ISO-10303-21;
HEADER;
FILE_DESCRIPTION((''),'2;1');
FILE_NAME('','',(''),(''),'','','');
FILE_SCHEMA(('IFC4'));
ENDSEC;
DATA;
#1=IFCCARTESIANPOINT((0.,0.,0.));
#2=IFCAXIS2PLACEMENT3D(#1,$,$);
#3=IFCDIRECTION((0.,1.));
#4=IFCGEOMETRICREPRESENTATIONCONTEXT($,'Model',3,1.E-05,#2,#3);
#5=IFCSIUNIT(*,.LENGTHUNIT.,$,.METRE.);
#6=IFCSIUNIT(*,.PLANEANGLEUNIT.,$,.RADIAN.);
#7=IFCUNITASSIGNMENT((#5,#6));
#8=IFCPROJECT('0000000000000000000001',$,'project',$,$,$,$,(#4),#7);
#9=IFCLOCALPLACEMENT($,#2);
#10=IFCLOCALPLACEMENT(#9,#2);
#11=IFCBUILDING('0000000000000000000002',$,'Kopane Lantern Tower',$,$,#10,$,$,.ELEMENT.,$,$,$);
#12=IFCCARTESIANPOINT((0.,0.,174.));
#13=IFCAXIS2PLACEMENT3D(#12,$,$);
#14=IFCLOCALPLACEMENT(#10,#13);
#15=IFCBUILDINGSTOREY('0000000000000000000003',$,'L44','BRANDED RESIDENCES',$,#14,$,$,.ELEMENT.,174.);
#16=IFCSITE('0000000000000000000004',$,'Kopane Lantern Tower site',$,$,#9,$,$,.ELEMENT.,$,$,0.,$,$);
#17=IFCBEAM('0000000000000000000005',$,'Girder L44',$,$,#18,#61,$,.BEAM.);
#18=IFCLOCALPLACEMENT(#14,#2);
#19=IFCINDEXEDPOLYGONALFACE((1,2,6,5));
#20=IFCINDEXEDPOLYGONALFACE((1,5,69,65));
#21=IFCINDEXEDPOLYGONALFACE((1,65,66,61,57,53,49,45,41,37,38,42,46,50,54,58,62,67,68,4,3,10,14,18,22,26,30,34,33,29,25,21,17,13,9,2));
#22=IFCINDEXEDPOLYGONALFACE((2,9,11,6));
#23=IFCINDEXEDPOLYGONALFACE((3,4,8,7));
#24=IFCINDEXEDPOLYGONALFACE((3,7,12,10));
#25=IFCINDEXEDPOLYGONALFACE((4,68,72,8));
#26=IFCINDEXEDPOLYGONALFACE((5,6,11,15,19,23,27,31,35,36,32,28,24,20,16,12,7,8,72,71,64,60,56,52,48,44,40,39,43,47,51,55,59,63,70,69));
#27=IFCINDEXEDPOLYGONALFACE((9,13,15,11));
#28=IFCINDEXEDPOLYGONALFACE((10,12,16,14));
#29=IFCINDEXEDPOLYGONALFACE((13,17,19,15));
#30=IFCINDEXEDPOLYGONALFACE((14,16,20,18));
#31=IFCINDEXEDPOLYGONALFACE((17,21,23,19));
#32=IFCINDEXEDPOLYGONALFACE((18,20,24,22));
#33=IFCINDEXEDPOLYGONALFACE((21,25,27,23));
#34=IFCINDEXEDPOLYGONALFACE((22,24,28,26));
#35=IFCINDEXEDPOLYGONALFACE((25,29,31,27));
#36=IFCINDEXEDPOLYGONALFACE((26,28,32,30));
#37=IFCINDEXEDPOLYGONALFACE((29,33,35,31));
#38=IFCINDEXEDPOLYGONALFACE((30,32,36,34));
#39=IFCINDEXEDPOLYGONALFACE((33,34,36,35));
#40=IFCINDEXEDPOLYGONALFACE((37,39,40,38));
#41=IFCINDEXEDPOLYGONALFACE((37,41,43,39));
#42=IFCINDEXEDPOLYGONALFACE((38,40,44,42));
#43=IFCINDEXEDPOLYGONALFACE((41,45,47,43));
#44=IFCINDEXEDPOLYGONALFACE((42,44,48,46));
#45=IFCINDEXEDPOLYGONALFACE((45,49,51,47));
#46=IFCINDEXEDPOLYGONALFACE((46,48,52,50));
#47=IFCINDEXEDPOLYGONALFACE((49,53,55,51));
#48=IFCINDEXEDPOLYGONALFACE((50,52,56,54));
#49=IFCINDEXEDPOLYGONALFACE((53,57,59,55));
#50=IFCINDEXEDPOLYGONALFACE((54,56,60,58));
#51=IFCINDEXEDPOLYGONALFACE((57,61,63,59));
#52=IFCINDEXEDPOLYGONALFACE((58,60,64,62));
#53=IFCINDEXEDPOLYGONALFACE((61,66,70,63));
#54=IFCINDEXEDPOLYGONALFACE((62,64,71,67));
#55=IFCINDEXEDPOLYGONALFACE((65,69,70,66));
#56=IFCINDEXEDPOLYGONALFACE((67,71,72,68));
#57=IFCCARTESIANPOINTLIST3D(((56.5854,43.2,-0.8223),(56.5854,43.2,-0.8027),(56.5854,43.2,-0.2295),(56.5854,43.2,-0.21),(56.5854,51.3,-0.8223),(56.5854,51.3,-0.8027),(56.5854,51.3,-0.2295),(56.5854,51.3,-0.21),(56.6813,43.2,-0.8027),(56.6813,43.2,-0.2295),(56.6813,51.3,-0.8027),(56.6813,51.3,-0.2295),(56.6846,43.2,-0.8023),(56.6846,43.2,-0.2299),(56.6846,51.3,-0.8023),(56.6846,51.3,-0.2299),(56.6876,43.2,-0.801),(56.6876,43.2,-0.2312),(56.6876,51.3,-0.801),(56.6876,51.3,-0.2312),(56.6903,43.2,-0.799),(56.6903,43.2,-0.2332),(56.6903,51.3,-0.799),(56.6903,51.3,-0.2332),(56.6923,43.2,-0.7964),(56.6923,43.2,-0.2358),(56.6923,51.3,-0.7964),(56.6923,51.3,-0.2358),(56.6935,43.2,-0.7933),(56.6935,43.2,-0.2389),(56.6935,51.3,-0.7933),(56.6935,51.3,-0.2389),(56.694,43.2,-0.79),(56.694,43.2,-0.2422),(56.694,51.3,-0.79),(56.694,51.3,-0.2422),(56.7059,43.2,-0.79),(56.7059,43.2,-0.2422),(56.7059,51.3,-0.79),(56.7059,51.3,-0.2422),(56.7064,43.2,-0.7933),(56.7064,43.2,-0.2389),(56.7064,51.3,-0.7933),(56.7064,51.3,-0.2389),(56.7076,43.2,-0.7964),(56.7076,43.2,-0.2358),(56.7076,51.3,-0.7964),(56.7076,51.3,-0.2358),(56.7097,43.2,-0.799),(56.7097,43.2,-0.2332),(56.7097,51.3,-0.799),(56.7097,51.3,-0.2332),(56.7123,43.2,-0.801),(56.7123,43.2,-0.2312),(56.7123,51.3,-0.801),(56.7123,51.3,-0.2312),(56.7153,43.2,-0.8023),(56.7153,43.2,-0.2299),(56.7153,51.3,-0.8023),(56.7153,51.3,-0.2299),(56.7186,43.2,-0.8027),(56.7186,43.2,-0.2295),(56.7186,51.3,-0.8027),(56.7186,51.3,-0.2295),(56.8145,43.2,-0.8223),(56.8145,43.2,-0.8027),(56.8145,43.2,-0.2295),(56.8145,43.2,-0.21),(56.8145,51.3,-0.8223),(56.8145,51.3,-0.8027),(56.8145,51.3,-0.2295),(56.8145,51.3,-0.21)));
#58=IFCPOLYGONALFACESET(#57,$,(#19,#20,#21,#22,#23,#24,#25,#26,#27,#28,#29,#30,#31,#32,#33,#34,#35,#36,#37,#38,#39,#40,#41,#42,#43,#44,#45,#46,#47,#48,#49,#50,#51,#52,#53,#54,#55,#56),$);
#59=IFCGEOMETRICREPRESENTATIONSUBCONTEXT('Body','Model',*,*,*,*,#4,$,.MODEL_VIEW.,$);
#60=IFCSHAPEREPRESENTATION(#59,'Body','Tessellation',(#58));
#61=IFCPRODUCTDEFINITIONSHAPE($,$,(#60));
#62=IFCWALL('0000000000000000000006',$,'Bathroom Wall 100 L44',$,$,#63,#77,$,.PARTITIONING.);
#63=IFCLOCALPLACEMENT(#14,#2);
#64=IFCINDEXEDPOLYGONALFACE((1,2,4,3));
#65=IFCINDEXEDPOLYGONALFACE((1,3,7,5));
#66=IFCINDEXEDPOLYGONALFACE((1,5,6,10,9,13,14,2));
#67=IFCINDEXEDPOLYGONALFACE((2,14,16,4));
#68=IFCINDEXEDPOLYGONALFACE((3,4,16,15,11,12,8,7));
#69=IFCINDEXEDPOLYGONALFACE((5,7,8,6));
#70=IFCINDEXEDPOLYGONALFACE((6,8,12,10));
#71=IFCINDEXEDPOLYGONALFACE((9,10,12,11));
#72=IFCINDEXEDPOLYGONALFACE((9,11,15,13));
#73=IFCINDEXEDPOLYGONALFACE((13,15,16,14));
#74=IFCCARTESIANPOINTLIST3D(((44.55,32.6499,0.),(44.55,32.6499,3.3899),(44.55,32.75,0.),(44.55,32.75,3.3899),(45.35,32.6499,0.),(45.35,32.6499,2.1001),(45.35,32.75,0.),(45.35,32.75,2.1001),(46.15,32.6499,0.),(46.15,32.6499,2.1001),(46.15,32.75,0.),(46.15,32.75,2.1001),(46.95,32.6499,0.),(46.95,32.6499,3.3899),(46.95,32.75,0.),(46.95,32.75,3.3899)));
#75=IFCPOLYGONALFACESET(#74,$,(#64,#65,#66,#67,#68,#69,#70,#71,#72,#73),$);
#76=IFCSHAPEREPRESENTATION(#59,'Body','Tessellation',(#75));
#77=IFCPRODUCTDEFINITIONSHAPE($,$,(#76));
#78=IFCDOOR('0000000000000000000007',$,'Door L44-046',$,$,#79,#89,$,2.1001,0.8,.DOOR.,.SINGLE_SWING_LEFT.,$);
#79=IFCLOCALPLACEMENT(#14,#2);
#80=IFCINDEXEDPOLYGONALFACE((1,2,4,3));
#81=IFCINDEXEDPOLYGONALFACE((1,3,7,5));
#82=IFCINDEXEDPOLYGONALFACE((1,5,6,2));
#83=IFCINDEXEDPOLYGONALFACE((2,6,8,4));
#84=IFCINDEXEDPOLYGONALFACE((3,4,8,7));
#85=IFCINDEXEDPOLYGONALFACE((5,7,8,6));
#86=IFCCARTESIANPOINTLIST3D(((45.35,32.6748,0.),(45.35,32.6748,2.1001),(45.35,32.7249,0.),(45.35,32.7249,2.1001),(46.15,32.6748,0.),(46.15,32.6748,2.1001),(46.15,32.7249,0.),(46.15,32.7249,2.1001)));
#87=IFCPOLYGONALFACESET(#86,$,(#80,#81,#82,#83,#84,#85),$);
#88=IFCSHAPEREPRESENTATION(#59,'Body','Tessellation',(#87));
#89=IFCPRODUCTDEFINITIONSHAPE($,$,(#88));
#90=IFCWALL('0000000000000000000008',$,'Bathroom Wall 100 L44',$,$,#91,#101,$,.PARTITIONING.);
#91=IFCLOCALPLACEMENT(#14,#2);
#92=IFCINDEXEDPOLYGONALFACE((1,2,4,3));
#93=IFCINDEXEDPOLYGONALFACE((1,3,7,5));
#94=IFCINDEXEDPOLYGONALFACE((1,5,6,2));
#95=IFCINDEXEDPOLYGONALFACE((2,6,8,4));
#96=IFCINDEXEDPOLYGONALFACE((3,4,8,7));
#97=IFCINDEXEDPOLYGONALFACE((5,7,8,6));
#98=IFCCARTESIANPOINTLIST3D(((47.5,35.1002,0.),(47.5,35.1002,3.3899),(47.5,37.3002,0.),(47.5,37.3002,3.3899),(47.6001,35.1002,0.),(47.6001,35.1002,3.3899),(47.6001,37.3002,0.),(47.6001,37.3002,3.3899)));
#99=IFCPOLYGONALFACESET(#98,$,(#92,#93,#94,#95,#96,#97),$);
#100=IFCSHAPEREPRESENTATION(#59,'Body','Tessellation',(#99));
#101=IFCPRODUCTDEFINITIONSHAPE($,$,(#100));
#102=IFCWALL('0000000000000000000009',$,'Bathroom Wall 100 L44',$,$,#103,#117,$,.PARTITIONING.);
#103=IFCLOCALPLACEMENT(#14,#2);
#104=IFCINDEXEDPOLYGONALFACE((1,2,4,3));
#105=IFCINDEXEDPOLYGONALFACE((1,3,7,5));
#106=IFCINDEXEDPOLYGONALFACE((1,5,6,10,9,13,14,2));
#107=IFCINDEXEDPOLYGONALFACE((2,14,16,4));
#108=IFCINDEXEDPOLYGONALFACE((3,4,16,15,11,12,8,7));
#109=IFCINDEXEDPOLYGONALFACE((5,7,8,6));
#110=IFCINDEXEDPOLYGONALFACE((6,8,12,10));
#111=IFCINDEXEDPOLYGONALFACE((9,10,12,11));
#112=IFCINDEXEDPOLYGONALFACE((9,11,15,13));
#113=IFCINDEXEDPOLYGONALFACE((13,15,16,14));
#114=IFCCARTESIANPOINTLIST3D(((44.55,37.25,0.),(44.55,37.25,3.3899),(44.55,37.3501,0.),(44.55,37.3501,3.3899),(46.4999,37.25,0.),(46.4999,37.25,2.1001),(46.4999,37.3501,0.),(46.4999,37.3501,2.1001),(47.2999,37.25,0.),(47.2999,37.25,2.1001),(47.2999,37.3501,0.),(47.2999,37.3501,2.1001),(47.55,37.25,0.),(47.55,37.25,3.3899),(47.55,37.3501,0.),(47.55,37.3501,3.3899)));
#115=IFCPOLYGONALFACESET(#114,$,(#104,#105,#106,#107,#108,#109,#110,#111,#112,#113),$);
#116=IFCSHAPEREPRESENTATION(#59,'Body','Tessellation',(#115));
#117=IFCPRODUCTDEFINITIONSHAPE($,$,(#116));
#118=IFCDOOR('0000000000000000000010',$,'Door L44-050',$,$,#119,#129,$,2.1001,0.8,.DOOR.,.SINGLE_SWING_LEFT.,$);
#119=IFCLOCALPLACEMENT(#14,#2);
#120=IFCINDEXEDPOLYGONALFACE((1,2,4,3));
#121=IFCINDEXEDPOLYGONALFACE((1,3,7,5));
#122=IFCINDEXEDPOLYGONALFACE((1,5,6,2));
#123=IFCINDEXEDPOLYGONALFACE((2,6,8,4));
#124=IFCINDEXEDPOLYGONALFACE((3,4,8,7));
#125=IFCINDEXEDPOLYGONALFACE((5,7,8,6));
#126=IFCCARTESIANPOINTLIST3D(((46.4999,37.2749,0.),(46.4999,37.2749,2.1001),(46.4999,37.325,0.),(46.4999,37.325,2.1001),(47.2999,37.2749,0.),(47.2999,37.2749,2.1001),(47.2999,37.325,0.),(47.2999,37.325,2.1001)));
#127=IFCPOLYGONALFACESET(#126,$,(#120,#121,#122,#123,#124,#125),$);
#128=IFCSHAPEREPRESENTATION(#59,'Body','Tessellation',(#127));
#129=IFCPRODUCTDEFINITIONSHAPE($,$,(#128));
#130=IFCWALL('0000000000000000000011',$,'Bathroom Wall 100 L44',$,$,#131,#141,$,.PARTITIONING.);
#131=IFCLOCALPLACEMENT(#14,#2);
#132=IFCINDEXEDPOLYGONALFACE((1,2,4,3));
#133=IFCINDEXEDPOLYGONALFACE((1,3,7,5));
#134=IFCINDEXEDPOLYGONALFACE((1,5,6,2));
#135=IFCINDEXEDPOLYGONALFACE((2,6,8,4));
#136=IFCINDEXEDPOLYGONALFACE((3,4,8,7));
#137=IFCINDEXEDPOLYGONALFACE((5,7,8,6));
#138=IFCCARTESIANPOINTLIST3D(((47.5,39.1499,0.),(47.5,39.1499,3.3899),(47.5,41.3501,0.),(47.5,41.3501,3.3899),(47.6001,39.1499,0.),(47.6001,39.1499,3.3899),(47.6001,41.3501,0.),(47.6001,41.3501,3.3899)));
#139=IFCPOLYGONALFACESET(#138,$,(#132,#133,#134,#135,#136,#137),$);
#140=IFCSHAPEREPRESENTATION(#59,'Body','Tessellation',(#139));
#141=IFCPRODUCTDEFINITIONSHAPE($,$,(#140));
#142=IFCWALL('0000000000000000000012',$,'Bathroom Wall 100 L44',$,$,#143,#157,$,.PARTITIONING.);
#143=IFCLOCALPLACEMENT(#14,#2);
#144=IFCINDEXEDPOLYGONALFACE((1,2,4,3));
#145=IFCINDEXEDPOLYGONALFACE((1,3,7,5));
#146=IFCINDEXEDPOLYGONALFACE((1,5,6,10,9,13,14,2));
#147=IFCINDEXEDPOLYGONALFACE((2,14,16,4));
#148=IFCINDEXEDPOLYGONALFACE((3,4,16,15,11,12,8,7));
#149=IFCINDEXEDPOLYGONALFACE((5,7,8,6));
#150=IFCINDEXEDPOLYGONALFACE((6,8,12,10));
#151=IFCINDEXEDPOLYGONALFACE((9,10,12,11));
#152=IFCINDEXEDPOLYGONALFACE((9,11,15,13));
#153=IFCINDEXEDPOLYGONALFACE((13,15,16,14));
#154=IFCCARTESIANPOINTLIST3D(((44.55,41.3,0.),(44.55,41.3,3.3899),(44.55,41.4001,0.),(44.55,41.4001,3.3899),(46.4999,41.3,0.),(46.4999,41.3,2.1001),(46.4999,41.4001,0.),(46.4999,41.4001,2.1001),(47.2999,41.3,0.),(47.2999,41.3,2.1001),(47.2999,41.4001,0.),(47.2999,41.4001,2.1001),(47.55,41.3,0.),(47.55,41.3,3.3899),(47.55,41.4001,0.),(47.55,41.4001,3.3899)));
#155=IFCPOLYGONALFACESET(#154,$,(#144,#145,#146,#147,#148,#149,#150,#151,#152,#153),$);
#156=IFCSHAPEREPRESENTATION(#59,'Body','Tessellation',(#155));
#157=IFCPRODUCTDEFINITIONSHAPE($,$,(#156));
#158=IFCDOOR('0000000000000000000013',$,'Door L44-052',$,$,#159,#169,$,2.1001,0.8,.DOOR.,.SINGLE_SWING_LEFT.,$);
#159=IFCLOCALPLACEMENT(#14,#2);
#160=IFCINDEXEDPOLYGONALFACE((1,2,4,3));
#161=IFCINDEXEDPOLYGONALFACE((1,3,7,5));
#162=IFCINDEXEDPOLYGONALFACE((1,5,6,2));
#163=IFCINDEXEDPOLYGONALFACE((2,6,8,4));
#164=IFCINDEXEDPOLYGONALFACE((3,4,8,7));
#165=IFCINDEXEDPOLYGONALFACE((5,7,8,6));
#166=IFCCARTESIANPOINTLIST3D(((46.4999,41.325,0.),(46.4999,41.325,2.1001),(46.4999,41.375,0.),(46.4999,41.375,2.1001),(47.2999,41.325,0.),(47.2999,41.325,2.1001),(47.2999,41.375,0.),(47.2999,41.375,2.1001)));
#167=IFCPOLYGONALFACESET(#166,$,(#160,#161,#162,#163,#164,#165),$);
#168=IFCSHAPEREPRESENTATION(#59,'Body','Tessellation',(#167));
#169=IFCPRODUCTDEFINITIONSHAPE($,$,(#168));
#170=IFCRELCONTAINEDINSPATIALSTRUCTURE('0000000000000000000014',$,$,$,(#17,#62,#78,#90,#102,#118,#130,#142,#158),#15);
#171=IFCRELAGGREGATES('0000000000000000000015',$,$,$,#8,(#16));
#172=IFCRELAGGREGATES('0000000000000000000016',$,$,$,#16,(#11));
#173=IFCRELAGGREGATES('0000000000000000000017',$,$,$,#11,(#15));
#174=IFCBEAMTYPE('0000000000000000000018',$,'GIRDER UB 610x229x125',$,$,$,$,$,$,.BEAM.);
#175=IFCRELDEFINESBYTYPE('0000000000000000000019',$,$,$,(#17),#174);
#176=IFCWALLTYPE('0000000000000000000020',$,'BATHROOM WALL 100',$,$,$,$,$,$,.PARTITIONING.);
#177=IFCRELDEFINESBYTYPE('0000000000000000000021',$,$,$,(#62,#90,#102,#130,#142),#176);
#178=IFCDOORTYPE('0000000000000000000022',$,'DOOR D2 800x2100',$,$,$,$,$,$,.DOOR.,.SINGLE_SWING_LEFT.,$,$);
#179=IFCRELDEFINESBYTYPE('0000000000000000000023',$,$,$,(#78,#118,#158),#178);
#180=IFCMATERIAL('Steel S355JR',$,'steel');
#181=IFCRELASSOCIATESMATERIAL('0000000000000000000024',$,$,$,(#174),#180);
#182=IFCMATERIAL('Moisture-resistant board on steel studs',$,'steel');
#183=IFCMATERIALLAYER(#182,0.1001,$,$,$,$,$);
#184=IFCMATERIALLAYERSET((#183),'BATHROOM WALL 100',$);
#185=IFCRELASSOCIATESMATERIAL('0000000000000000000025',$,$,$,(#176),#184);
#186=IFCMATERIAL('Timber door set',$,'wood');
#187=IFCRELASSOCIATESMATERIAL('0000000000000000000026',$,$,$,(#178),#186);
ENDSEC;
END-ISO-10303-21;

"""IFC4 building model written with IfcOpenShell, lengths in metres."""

from ifc_helpers import new_model, si_unit, direction, frame, frame_2d, origin, origin_2d, place, context, subcontext, project, spatial, rectangle, i_section, extrude, material, layer, layer_set, material_profile, profile_set, type_object, element, fill, save


model = new_model("IFC4")

# Units and contexts
model_context = context("Model", 3, precision=1e-05, world=origin(), true_north=direction((0.0, 1.0)))
body_context = subcontext(model_context, "Body", "Model", "MODEL_VIEW")
ifc_project = project(units=[si_unit("LENGTHUNIT", "METRE"), si_unit("PLANEANGLEUNIT", "RADIAN")], contexts=[model_context])

# Site, building, storey
site_placement = place(None, origin())
site = spatial("IfcSite", under=ifc_project, at=site_placement, Name="Kopane Lantern Tower site", CompositionType="ELEMENT", RefElevation=0.0)
building_placement = place(site_placement, origin())
building = spatial("IfcBuilding", under=site, at=building_placement, Name="Kopane Lantern Tower", CompositionType="ELEMENT")
storey_placement = place(building_placement, frame((0.0, 0.0, 174.0)))
storey = spatial("IfcBuildingStorey", under=building, at=storey_placement, Name="L44", Description="BRANDED RESIDENCES", CompositionType="ELEMENT", Elevation=174.0)

# Beam
ifc_material_1 = material(Name="Steel S355JR", Category="steel")
ifc_material_profile_1 = material_profile(ifc_material_1, i_section(OverallWidth=0.229, OverallDepth=0.6123, WebThickness=0.012, FlangeThickness=0.0195, FilletRadius=0.0127, at=origin_2d()), Name="UB 610x229x125")
ifc_profile_set_1 = profile_set([ifc_material_profile_1], Name="Steel S355JR")
beam_type = type_object("IfcBeamType", Name="GIRDER UB 610x229x125", PredefinedType="BEAM", material=ifc_profile_set_1)
beam_1_placement = place(storey_placement, frame((56.7, 43.2, -0.5161), z_axis=(0.0, 1.0, 0.0), x_axis=(-1.0, 0.0, 0.0)))
element("IfcBeam", 1, at=beam_1_placement, inside=storey, type_object=beam_type, Name="Girder L44", PredefinedType="BEAM", context=body_context, shape_type="SweptSolid", body=[
    extrude(i_section(OverallWidth=0.229, OverallDepth=0.6123, WebThickness=0.012, FlangeThickness=0.0195, FilletRadius=0.0127, at=origin_2d()), origin(), (0.0, 0.0, 1.0), 8.1001),
])

# Wall, opening, door
ifc_material_2 = material(Name="Moisture-resistant board on steel studs", Category="steel")
ifc_layer_1 = layer(ifc_material_2, 0.1001)
ifc_layer_set_1 = layer_set([ifc_layer_1], Name="BATHROOM WALL 100")
wall_type_1 = type_object("IfcWallType", Name="BATHROOM WALL 100", PredefinedType="PARTITIONING", material=ifc_layer_set_1)
wall_1_placement = place(storey_placement, frame((44.55, 32.7, 0.0), z_axis=(0.0, 0.0, 1.0), x_axis=(1.0, 0.0, 0.0)))
wall_1 = element("IfcWall", 2, at=wall_1_placement, inside=storey, type_object=wall_type_1, Name="Bathroom Wall 100 L44", PredefinedType="PARTITIONING", context=body_context, shape_type="SweptSolid", body=[
    extrude(rectangle(XDim=2.3999, YDim=0.1001, at=frame_2d((1.2, 0.0))), origin(), (0.0, 0.0, 1.0), 3.3899),
])
opening_1_placement = place(wall_1_placement, frame((0.8, 0.0, 0.0)))
opening_1 = element("IfcOpeningElement", 3, at=opening_1_placement, cuts=wall_1, PredefinedType="OPENING", context=body_context, shape_type="SweptSolid", body=[
    extrude(rectangle(XDim=0.8, YDim=2.1001, at=frame_2d((0.3999, 1.05))), frame((0.0, 0.0601, 0.0), z_axis=(0.0, -1.0, 0.0), x_axis=(1.0, 0.0, 0.0)), (0.0, 0.0, 1.0), 0.1201),
])
ifc_material_3 = material(Name="Timber door set", Category="wood")
door_type = type_object("IfcDoorType", Name="DOOR D2 800x2100", OperationType="SINGLE_SWING_LEFT", PredefinedType="DOOR", material=ifc_material_3)
door_1_placement = place(opening_1_placement, origin())
door_1 = element("IfcDoor", 4, at=door_1_placement, inside=storey, type_object=door_type, Name="Door L44-046", OperationType="SINGLE_SWING_LEFT", OverallHeight=2.1001, OverallWidth=0.8, PredefinedType="DOOR", context=body_context, shape_type="SweptSolid", body=[
    extrude(rectangle(XDim=0.8, YDim=2.1001, at=frame_2d((0.3999, 1.05))), frame((0.0, 0.0249, 0.0), z_axis=(0.0, -1.0, 0.0), x_axis=(1.0, 0.0, 0.0)), (0.0, 0.0, 1.0), 0.05),
])
fill(opening_1, door_1)

# Wall
wall_2_placement = place(storey_placement, frame((47.55, 35.1001, 0.0), z_axis=(0.0, 0.0, 1.0), x_axis=(0.0, 1.0, 0.0)))
element("IfcWall", 5, at=wall_2_placement, inside=storey, type_object=wall_type_1, Name="Bathroom Wall 100 L44", PredefinedType="PARTITIONING", context=body_context, shape_type="SweptSolid", body=[
    extrude(rectangle(XDim=2.2, YDim=0.1001, at=frame_2d((1.1001, 0.0))), origin(), (0.0, 0.0, 1.0), 3.3899),
])

# Wall, opening, door
wall_3_placement = place(storey_placement, frame((44.55, 37.3, 0.0), z_axis=(0.0, 0.0, 1.0), x_axis=(1.0, 0.0, 0.0)))
wall_3 = element("IfcWall", 6, at=wall_3_placement, inside=storey, type_object=wall_type_1, Name="Bathroom Wall 100 L44", PredefinedType="PARTITIONING", context=body_context, shape_type="SweptSolid", body=[
    extrude(rectangle(XDim=3.0, YDim=0.1001, at=frame_2d((1.5, 0.0))), origin(), (0.0, 0.0, 1.0), 3.3899),
])
opening_2_placement = place(wall_3_placement, frame((1.95, 0.0, 0.0)))
opening_2 = element("IfcOpeningElement", 7, at=opening_2_placement, cuts=wall_3, PredefinedType="OPENING", context=body_context, shape_type="SweptSolid", body=[
    extrude(rectangle(XDim=0.8, YDim=2.1001, at=frame_2d((0.3999, 1.05))), frame((0.0, 0.0601, 0.0), z_axis=(0.0, -1.0, 0.0), x_axis=(1.0, 0.0, 0.0)), (0.0, 0.0, 1.0), 0.1201),
])
door_2_placement = place(opening_2_placement, origin())
door_2 = element("IfcDoor", 8, at=door_2_placement, inside=storey, type_object=door_type, Name="Door L44-050", OperationType="SINGLE_SWING_LEFT", OverallHeight=2.1001, OverallWidth=0.8, PredefinedType="DOOR", context=body_context, shape_type="SweptSolid", body=[
    extrude(rectangle(XDim=0.8, YDim=2.1001, at=frame_2d((0.3999, 1.05))), frame((0.0, 0.0249, 0.0), z_axis=(0.0, -1.0, 0.0), x_axis=(1.0, 0.0, 0.0)), (0.0, 0.0, 1.0), 0.05),
])
fill(opening_2, door_2)

# Wall
wall_4_placement = place(storey_placement, frame((47.55, 39.1499, 0.0), z_axis=(0.0, 0.0, 1.0), x_axis=(0.0, 1.0, 0.0)))
element("IfcWall", 9, at=wall_4_placement, inside=storey, type_object=wall_type_1, Name="Bathroom Wall 100 L44", PredefinedType="PARTITIONING", context=body_context, shape_type="SweptSolid", body=[
    extrude(rectangle(XDim=2.2002, YDim=0.1001, at=frame_2d((1.1001, 0.0))), origin(), (0.0, 0.0, 1.0), 3.3899),
])

# Wall, opening, door
wall_5_placement = place(storey_placement, frame((44.55, 41.3501, 0.0), z_axis=(0.0, 0.0, 1.0), x_axis=(1.0, 0.0, 0.0)))
wall_5 = element("IfcWall", 10, at=wall_5_placement, inside=storey, type_object=wall_type_1, Name="Bathroom Wall 100 L44", PredefinedType="PARTITIONING", context=body_context, shape_type="SweptSolid", body=[
    extrude(rectangle(XDim=3.0, YDim=0.1001, at=frame_2d((1.5, 0.0))), origin(), (0.0, 0.0, 1.0), 3.3899),
])
opening_3_placement = place(wall_5_placement, frame((1.95, 0.0, 0.0)))
opening_3 = element("IfcOpeningElement", 11, at=opening_3_placement, cuts=wall_5, PredefinedType="OPENING", context=body_context, shape_type="SweptSolid", body=[
    extrude(rectangle(XDim=0.8, YDim=2.1001, at=frame_2d((0.3999, 1.05))), frame((0.0, 0.0601, 0.0), z_axis=(0.0, -1.0, 0.0), x_axis=(1.0, 0.0, 0.0)), (0.0, 0.0, 1.0), 0.1201),
])
door_3_placement = place(opening_3_placement, origin())
door_3 = element("IfcDoor", 12, at=door_3_placement, inside=storey, type_object=door_type, Name="Door L44-052", OperationType="SINGLE_SWING_LEFT", OverallHeight=2.1001, OverallWidth=0.8, PredefinedType="DOOR", context=body_context, shape_type="SweptSolid", body=[
    extrude(rectangle(XDim=0.8, YDim=2.1001, at=frame_2d((0.3999, 1.05))), frame((0.0, 0.0249, 0.0), z_axis=(0.0, -1.0, 0.0), x_axis=(1.0, 0.0, 0.0)), (0.0, 0.0, 1.0), 0.05),
])
fill(opening_3, door_3)

save(model, "model.ifc")
